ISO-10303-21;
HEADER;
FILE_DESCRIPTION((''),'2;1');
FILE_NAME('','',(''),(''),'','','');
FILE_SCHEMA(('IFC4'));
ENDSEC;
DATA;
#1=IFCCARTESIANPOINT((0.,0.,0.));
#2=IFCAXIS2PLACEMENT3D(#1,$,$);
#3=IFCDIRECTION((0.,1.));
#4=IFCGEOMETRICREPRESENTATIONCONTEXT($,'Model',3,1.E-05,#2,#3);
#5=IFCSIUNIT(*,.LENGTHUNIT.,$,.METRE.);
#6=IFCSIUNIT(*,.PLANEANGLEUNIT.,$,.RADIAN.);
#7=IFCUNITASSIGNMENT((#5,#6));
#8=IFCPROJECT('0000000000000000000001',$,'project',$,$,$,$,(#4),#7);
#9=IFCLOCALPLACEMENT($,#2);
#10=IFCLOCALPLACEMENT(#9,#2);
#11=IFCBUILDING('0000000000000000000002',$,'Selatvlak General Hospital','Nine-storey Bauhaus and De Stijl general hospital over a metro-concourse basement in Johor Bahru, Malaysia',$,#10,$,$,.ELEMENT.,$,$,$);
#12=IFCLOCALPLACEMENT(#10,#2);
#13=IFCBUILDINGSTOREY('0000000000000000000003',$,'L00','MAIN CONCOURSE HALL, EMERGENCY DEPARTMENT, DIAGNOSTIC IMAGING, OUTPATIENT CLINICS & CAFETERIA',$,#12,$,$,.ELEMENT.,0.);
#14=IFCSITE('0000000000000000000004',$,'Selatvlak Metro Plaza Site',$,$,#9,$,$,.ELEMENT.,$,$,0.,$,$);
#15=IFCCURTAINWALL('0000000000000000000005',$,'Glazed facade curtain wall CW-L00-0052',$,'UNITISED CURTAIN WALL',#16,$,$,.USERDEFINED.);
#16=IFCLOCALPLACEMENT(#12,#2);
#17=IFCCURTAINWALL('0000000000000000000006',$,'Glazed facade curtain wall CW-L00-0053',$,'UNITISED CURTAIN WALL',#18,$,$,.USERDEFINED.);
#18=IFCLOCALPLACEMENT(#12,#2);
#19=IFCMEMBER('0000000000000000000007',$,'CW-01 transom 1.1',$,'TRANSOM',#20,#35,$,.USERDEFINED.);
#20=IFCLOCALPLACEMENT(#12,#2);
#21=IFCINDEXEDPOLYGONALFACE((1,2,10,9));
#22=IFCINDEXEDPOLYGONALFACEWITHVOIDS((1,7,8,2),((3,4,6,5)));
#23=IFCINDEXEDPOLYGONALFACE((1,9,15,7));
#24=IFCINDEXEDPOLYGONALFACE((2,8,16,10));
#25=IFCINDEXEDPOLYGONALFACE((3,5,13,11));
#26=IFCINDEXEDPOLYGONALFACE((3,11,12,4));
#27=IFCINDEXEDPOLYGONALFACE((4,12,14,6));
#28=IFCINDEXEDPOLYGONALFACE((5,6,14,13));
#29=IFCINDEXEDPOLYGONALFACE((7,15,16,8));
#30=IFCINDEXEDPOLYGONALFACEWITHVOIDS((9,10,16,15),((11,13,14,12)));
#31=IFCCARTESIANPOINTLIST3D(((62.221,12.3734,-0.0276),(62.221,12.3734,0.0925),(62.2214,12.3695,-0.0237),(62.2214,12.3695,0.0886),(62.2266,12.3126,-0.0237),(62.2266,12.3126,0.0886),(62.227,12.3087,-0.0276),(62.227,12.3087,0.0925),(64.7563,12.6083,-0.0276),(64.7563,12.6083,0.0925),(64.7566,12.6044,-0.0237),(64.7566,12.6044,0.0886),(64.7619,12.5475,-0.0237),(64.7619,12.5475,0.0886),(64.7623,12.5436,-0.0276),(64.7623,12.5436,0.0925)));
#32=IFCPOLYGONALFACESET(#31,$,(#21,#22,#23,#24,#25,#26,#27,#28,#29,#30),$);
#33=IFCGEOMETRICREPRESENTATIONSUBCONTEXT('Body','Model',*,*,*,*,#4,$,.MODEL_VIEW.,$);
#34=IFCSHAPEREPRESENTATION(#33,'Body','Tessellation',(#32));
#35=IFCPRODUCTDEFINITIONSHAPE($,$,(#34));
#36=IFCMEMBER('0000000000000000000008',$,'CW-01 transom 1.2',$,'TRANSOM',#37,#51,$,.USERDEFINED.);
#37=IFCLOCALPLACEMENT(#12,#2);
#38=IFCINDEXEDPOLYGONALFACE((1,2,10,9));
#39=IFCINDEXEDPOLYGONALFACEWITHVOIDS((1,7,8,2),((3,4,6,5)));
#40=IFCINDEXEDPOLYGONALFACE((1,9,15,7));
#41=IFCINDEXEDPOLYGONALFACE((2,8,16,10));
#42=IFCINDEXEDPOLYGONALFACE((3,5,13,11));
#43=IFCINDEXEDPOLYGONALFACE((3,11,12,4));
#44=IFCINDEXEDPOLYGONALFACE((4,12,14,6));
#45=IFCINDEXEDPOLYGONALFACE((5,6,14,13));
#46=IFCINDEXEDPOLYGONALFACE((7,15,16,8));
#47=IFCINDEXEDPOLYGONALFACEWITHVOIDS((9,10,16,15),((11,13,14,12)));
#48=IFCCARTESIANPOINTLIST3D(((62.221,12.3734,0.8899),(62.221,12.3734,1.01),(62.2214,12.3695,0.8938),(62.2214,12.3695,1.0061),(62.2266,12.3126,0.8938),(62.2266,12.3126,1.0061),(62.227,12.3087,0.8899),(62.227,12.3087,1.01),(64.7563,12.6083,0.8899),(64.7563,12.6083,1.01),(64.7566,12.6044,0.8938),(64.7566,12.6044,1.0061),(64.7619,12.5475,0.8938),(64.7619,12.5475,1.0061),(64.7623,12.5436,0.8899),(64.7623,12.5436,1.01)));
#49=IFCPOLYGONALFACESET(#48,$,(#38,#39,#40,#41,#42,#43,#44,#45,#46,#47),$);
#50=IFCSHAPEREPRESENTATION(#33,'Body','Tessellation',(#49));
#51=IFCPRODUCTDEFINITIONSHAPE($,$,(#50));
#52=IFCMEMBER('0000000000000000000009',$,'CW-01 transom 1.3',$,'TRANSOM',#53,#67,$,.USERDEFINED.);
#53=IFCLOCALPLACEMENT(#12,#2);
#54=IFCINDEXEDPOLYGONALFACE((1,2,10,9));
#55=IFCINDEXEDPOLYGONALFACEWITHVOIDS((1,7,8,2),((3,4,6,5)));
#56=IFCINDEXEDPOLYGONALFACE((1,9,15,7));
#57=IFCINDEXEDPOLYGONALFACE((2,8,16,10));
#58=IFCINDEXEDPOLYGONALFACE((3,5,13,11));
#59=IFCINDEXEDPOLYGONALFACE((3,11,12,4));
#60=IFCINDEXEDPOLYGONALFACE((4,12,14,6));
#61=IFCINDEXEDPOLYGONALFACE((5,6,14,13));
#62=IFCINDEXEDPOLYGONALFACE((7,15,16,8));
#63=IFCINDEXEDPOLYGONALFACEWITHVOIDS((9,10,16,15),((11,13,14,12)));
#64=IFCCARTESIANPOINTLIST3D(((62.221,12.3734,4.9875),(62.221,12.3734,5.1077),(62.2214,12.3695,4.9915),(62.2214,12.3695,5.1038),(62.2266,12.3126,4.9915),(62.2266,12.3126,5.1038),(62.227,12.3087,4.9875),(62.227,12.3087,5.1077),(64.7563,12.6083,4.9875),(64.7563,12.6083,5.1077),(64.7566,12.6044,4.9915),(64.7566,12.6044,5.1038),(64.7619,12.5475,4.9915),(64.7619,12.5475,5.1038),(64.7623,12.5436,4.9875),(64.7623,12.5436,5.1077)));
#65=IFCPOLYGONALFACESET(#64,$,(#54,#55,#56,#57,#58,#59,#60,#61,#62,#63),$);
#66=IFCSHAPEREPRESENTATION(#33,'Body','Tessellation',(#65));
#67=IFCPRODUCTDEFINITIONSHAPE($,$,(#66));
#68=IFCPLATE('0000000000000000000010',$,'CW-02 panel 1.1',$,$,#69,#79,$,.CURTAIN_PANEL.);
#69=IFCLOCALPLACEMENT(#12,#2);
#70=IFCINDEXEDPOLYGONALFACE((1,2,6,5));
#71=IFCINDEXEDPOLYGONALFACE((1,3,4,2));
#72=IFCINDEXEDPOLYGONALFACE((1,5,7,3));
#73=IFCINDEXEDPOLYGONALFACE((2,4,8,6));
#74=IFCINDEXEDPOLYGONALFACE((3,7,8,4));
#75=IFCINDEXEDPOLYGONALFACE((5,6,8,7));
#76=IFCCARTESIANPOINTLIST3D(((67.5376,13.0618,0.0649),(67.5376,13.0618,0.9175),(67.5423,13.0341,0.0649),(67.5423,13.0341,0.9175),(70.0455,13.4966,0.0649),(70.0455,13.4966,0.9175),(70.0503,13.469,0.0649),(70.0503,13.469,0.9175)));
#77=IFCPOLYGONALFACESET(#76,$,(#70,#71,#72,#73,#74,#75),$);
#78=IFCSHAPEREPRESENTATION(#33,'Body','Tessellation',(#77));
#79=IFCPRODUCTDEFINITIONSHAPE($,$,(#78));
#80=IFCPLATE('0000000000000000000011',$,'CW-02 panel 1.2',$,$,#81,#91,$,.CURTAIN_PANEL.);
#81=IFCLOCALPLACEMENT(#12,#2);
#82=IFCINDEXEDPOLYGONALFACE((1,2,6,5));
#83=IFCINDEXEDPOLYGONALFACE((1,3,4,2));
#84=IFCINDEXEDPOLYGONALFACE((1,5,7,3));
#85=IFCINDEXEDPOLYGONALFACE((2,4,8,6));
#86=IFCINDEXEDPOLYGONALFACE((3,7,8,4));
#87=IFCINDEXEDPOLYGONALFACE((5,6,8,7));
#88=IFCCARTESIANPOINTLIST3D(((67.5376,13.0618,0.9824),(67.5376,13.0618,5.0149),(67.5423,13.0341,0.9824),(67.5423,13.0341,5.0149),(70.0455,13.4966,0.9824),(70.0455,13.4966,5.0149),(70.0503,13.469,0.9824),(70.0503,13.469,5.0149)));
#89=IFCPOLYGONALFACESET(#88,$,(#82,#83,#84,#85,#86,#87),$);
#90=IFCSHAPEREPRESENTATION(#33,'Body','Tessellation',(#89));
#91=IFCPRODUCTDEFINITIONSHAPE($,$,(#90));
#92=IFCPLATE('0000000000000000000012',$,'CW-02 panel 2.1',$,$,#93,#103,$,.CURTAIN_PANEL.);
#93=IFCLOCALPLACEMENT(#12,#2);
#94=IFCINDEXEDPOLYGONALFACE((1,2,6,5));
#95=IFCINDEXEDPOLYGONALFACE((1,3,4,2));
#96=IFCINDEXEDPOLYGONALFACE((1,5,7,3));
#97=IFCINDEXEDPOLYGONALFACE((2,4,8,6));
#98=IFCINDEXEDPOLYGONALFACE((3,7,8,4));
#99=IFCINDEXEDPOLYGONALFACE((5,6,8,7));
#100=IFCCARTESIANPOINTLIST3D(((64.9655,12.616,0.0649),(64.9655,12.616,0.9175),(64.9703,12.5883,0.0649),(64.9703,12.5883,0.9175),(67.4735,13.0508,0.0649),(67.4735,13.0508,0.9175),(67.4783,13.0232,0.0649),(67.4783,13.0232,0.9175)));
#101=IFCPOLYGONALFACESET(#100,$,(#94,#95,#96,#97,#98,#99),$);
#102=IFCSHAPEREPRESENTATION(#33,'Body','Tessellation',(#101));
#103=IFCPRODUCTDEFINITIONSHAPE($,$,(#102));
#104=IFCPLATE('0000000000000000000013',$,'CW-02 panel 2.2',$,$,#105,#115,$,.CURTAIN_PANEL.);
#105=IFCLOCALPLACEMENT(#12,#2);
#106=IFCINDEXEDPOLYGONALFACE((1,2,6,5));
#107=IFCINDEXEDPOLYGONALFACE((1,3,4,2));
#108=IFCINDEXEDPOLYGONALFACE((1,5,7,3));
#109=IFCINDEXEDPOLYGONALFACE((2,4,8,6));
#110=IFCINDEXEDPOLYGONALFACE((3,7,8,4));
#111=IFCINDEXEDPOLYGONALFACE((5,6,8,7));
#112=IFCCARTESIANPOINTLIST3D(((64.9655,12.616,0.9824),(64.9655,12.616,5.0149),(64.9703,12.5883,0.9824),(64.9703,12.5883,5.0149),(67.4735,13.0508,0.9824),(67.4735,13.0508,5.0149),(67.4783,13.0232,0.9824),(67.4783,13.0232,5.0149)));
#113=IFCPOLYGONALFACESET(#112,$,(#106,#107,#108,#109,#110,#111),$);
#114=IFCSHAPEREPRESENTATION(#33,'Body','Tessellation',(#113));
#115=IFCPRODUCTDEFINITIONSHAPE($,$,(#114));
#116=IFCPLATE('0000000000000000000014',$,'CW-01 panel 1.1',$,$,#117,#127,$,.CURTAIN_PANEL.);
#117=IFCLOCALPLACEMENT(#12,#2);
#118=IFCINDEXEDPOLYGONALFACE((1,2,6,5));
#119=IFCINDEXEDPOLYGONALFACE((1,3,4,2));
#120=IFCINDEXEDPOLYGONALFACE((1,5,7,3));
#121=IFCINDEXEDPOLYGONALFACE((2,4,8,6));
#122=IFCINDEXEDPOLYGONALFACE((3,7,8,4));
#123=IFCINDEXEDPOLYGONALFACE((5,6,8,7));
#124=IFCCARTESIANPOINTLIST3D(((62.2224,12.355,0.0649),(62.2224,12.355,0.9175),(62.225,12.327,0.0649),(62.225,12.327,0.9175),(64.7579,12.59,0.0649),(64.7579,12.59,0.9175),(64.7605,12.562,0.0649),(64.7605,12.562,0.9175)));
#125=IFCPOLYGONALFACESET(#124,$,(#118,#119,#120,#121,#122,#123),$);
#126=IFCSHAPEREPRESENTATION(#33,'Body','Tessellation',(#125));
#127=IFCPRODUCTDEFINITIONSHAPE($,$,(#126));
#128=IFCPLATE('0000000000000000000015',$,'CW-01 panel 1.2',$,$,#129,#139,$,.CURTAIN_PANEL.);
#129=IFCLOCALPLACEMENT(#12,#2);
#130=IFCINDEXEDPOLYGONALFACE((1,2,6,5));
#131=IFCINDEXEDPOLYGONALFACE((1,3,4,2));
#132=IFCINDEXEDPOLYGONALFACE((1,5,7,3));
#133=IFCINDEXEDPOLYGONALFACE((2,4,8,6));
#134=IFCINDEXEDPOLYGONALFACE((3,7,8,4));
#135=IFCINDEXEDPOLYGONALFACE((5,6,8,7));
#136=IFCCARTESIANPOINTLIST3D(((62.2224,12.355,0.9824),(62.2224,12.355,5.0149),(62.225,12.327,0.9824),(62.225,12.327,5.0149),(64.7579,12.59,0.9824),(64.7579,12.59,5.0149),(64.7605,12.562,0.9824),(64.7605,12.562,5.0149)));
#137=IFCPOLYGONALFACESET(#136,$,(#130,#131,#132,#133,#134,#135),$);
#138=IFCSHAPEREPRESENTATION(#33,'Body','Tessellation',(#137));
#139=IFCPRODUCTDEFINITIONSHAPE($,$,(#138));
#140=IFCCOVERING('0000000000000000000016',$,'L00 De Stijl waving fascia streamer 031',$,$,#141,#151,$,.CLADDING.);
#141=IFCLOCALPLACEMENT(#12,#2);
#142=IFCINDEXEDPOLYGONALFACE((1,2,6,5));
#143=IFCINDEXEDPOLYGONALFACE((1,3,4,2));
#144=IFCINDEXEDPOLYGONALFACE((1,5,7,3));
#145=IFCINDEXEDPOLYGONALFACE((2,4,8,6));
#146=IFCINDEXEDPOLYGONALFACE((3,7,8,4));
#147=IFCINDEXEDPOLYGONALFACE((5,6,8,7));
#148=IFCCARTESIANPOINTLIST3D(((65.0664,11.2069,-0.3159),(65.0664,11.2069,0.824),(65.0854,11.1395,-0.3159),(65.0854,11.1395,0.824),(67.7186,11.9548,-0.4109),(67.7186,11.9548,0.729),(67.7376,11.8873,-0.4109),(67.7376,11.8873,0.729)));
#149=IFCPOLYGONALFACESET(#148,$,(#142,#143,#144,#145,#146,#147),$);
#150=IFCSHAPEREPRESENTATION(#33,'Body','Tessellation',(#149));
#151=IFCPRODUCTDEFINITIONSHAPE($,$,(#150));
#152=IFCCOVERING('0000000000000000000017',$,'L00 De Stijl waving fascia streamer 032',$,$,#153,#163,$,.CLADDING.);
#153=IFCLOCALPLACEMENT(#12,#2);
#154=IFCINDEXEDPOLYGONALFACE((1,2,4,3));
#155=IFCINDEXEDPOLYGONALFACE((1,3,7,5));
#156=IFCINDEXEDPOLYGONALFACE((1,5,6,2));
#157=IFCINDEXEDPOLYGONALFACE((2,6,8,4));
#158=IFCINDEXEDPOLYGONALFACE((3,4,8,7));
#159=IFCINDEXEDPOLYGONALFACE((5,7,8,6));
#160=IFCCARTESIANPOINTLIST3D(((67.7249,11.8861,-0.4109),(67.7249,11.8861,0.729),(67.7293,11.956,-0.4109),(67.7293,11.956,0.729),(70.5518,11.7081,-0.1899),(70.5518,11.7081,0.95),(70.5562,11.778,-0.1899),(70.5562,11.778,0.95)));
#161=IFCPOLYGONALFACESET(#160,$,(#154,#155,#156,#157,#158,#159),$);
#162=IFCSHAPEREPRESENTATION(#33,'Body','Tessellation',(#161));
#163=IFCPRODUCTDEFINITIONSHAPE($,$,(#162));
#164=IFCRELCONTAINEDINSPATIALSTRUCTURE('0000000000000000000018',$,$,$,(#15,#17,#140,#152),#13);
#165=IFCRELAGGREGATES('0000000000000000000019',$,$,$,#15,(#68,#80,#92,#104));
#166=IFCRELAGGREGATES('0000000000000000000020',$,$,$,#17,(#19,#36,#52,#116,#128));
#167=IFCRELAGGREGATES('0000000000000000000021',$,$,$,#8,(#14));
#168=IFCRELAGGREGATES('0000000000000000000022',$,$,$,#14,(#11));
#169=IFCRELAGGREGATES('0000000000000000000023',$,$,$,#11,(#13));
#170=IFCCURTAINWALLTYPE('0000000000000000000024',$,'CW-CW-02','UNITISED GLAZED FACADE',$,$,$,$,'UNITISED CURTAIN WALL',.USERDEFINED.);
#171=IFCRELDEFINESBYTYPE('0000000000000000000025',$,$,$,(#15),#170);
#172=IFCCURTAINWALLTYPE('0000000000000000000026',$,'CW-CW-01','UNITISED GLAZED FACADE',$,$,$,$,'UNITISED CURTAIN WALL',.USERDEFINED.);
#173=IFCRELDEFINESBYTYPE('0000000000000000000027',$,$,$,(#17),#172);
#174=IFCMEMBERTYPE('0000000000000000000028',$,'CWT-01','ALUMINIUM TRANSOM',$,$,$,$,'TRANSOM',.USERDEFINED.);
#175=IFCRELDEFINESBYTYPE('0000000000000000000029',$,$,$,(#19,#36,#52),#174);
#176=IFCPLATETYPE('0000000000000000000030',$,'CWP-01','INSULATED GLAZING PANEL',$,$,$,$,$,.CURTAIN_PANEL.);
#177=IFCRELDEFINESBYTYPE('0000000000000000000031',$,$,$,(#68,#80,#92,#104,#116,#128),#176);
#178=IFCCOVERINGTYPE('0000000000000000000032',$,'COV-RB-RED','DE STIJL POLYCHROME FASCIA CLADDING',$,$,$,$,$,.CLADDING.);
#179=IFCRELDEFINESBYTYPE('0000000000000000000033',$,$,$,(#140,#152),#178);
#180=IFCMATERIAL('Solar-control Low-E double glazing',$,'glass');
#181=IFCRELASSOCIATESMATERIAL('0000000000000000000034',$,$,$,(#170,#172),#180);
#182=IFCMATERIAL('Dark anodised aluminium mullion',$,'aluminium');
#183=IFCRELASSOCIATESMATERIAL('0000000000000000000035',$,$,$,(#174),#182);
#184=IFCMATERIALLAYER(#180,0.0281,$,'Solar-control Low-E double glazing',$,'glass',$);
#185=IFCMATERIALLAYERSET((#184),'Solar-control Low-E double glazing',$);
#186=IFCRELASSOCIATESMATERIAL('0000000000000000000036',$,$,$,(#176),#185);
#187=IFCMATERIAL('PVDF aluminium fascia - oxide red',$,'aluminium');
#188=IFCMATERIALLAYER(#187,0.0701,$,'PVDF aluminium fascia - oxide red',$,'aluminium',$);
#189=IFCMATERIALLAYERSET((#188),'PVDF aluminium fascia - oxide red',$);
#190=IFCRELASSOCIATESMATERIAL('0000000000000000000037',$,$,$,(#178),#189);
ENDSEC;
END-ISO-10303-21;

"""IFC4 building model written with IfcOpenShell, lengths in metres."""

from ifc_helpers import new_model, si_unit, direction, frame, origin, origin_2d, place, context, subcontext, project, spatial, polyline, rectangle, hollow_rectangle, outline, extrude, material, layer, layer_set, material_profile, profile_set, type_object, element, aggregate, save


model = new_model("IFC4")

# Units and contexts
model_context = context("Model", 3, precision=1e-05, world=origin(), true_north=direction((0.0, 1.0)))
body_context = subcontext(model_context, "Body", "Model", "MODEL_VIEW")
ifc_project = project(units=[si_unit("LENGTHUNIT", "METRE"), si_unit("PLANEANGLEUNIT", "RADIAN")], contexts=[model_context])

# Site, building, storey
site_placement = place(None, origin())
site = spatial("IfcSite", under=ifc_project, at=site_placement, Name="Selatvlak Metro Plaza Site", CompositionType="ELEMENT", RefElevation=0.0)
building_placement = place(site_placement, origin())
building = spatial("IfcBuilding", under=site, at=building_placement, Name="Selatvlak General Hospital", Description="Nine-storey Bauhaus and De Stijl general hospital over a metro-concourse basement in Johor Bahru, Malaysia", CompositionType="ELEMENT")
storey_placement = place(building_placement, origin())
storey = spatial("IfcBuildingStorey", under=building, at=storey_placement, Name="L00", Description="MAIN CONCOURSE HALL, EMERGENCY DEPARTMENT, DIAGNOSTIC IMAGING, OUTPATIENT CLINICS & CAFETERIA", CompositionType="ELEMENT", Elevation=0.0)

# Curtain wall
ifc_material_1 = material(Name="Solar-control Low-E double glazing", Category="glass")
curtain_wall_type_1 = type_object("IfcCurtainWallType", Name="CW-CW-02", Description="UNITISED GLAZED FACADE", ElementType="UNITISED CURTAIN WALL", PredefinedType="USERDEFINED", material=ifc_material_1)
curtain_wall_1_placement = place(storey_placement, origin())
curtain_wall_1 = element("IfcCurtainWall", 1, at=curtain_wall_1_placement, inside=storey, type_object=curtain_wall_type_1, Name="Glazed facade curtain wall CW-L00-0052", ObjectType="UNITISED CURTAIN WALL", PredefinedType="USERDEFINED")
ifc_material_2 = material(Name="Dark anodised aluminium mullion", Category="aluminium")

# Curtain wall
curtain_wall_type_2 = type_object("IfcCurtainWallType", Name="CW-CW-01", Description="UNITISED GLAZED FACADE", ElementType="UNITISED CURTAIN WALL", PredefinedType="USERDEFINED", material=ifc_material_1)
curtain_wall_2_placement = place(storey_placement, origin())
curtain_wall_2 = element("IfcCurtainWall", 2, at=curtain_wall_2_placement, inside=storey, type_object=curtain_wall_type_2, Name="Glazed facade curtain wall CW-L00-0053", ObjectType="UNITISED CURTAIN WALL", PredefinedType="USERDEFINED")

# Members
ifc_material_profile_1 = material_profile(ifc_material_2, hollow_rectangle(XDim=0.0649, YDim=0.1201, WallThickness=0.0039, at=origin_2d()), Name="AL-TRN 65x120x4")
ifc_profile_set_1 = profile_set([ifc_material_profile_1], Name="Dark anodised aluminium mullion")
member_type_1 = type_object("IfcMemberType", Name="CWT-01", Description="ALUMINIUM TRANSOM", ElementType="TRANSOM", PredefinedType="USERDEFINED", material=ifc_profile_set_1)
member_1_placement = place(storey_placement, frame((64.7593, 12.5759, 0.0325), z_axis=(-0.995737, -0.092239, 0.0), x_axis=(0.092239, -0.995737, 0.0)))
member_1 = element("IfcMember", 3, at=member_1_placement, type_object=member_type_1, Name="CW-01 transom 1.1", ObjectType="TRANSOM", PredefinedType="USERDEFINED", context=body_context, shape_type="SweptSolid", body=[
    extrude(hollow_rectangle(XDim=0.0649, YDim=0.1201, WallThickness=0.0039, at=origin_2d()), origin(), (0.0, 0.0, 1.0), 2.5461),
])
member_2_placement = place(storey_placement, frame((64.7593, 12.5759, 0.95), z_axis=(-0.995737, -0.092239, 0.0), x_axis=(0.092239, -0.995737, 0.0)))
member_2 = element("IfcMember", 4, at=member_2_placement, type_object=member_type_1, Name="CW-01 transom 1.2", ObjectType="TRANSOM", PredefinedType="USERDEFINED", context=body_context, shape_type="SweptSolid", body=[
    extrude(hollow_rectangle(XDim=0.0649, YDim=0.1201, WallThickness=0.0039, at=origin_2d()), origin(), (0.0, 0.0, 1.0), 2.5461),
])
member_3_placement = place(storey_placement, frame((64.7593, 12.5759, 5.0476), z_axis=(-0.995737, -0.092239, 0.0), x_axis=(0.092239, -0.995737, 0.0)))
member_3 = element("IfcMember", 5, at=member_3_placement, type_object=member_type_1, Name="CW-01 transom 1.3", ObjectType="TRANSOM", PredefinedType="USERDEFINED", context=body_context, shape_type="SweptSolid", body=[
    extrude(hollow_rectangle(XDim=0.0649, YDim=0.1201, WallThickness=0.0039, at=origin_2d()), origin(), (0.0, 0.0, 1.0), 2.5461),
])

# Plates
ifc_layer_1 = layer(ifc_material_1, 0.0281, Name="Solar-control Low-E double glazing", Category="glass")
ifc_layer_set_1 = layer_set([ifc_layer_1], Name="Solar-control Low-E double glazing")
plate_type = type_object("IfcPlateType", Name="CWP-01", Description="INSULATED GLAZING PANEL", PredefinedType="CURTAIN_PANEL", material=ifc_layer_set_1)
plate_1_placement = place(storey_placement, frame((68.7939, 13.2654, 0.0649), z_axis=(0.0, 0.0, 1.0), x_axis=(-0.985299, -0.170838, 0.0)))
plate_1 = element("IfcPlate", 6, at=plate_1_placement, type_object=plate_type, Name="CW-02 panel 1.1", PredefinedType="CURTAIN_PANEL", context=body_context, shape_type="SweptSolid", body=[
    extrude(rectangle(XDim=2.5454, YDim=0.0281, at=origin_2d()), origin(), (0.0, 0.0, 1.0), 0.8525),
])
plate_2_placement = place(storey_placement, frame((68.7939, 13.2654, 0.9824), z_axis=(0.0, 0.0, 1.0), x_axis=(-0.985299, -0.170838, 0.0)))
plate_2 = element("IfcPlate", 7, at=plate_2_placement, type_object=plate_type, Name="CW-02 panel 1.2", PredefinedType="CURTAIN_PANEL", context=body_context, shape_type="SweptSolid", body=[
    extrude(rectangle(XDim=2.5454, YDim=0.0281, at=origin_2d()), origin(), (0.0, 0.0, 1.0), 4.0325),
])
plate_3_placement = place(storey_placement, frame((66.2219, 12.8196, 0.0649), z_axis=(0.0, 0.0, 1.0), x_axis=(-0.985299, -0.170838, 0.0)))
plate_3 = element("IfcPlate", 8, at=plate_3_placement, type_object=plate_type, Name="CW-02 panel 2.1", PredefinedType="CURTAIN_PANEL", context=body_context, shape_type="SweptSolid", body=[
    extrude(rectangle(XDim=2.5454, YDim=0.0281, at=origin_2d()), origin(), (0.0, 0.0, 1.0), 0.8525),
])
plate_4_placement = place(storey_placement, frame((66.2219, 12.8196, 0.9824), z_axis=(0.0, 0.0, 1.0), x_axis=(-0.985299, -0.170838, 0.0)))
plate_4 = element("IfcPlate", 9, at=plate_4_placement, type_object=plate_type, Name="CW-02 panel 2.2", PredefinedType="CURTAIN_PANEL", context=body_context, shape_type="SweptSolid", body=[
    extrude(rectangle(XDim=2.5454, YDim=0.0281, at=origin_2d()), origin(), (0.0, 0.0, 1.0), 4.0325),
])
aggregate(curtain_wall_1, [plate_1, plate_2, plate_3, plate_4])
plate_5_placement = place(storey_placement, frame((63.4915, 12.4585, 0.0649), z_axis=(0.0, 0.0, 1.0), x_axis=(-0.995732, -0.092292, 0.0)))
plate_5 = element("IfcPlate", 10, at=plate_5_placement, type_object=plate_type, Name="CW-01 panel 1.1", PredefinedType="CURTAIN_PANEL", context=body_context, shape_type="SweptSolid", body=[
    extrude(rectangle(XDim=2.5464, YDim=0.0281, at=origin_2d()), origin(), (0.0, 0.0, 1.0), 0.8525),
])
plate_6_placement = place(storey_placement, frame((63.4915, 12.4585, 0.9824), z_axis=(0.0, 0.0, 1.0), x_axis=(-0.995732, -0.092292, 0.0)))
plate_6 = element("IfcPlate", 11, at=plate_6_placement, type_object=plate_type, Name="CW-01 panel 1.2", PredefinedType="CURTAIN_PANEL", context=body_context, shape_type="SweptSolid", body=[
    extrude(rectangle(XDim=2.5464, YDim=0.0281, at=origin_2d()), origin(), (0.0, 0.0, 1.0), 4.0325),
])
aggregate(curtain_wall_2, [member_1, member_2, member_3, plate_5, plate_6])

# Coverings
ifc_material_3 = material(Name="PVDF aluminium fascia - oxide red", Category="aluminium")
ifc_layer_2 = layer(ifc_material_3, 0.0701, Name="PVDF aluminium fascia - oxide red", Category="aluminium")
ifc_layer_set_2 = layer_set([ifc_layer_2], Name="PVDF aluminium fascia - oxide red")
covering_type = type_object("IfcCoveringType", Name="COV-RB-RED", Description="DE STIJL POLYCHROME FASCIA CLADDING", PredefinedType="CLADDING", material=ifc_layer_set_2)
covering_1_placement = place(storey_placement, frame((65.0759, 11.1731, -0.3159), z_axis=(0.0, 0.0, 1.0), x_axis=(0.962471, 0.271384, 0.0)))
element("IfcCovering", 12, at=covering_1_placement, inside=storey, type_object=covering_type, Name="L00 De Stijl waving fascia streamer 031", PredefinedType="CLADDING", context=body_context, shape_type="SweptSolid", body=[
    extrude(outline(polyline([(0.0, 0.0), (2.7556, -0.095), (2.7556, 1.0449), (0.0, 1.1399), (0.0, 0.0)])), frame((0.0, 0.0352, 0.0), z_axis=(0.0, -1.0, 0.0), x_axis=(1.0, 0.0, 0.0)), (0.0, 0.0, 1.0), 0.0701),
])
covering_2_placement = place(storey_placement, frame((67.7271, 11.9209, -0.4109), z_axis=(0.0, 0.0, 1.0), x_axis=(0.998024, -0.062834, 0.0)))
element("IfcCovering", 13, at=covering_2_placement, inside=storey, type_object=covering_type, Name="L00 De Stijl waving fascia streamer 032", PredefinedType="CLADDING", context=body_context, shape_type="SweptSolid", body=[
    extrude(outline(polyline([(0.0, 0.0), (2.8325, 0.2209), (2.8325, 1.3608), (0.0, 1.1399), (0.0, 0.0)])), frame((0.0, 0.0352, 0.0), z_axis=(0.0, -1.0, 0.0), x_axis=(1.0, 0.0, 0.0)), (0.0, 0.0, 1.0), 0.0701),
])

save(model, "model.ifc")
